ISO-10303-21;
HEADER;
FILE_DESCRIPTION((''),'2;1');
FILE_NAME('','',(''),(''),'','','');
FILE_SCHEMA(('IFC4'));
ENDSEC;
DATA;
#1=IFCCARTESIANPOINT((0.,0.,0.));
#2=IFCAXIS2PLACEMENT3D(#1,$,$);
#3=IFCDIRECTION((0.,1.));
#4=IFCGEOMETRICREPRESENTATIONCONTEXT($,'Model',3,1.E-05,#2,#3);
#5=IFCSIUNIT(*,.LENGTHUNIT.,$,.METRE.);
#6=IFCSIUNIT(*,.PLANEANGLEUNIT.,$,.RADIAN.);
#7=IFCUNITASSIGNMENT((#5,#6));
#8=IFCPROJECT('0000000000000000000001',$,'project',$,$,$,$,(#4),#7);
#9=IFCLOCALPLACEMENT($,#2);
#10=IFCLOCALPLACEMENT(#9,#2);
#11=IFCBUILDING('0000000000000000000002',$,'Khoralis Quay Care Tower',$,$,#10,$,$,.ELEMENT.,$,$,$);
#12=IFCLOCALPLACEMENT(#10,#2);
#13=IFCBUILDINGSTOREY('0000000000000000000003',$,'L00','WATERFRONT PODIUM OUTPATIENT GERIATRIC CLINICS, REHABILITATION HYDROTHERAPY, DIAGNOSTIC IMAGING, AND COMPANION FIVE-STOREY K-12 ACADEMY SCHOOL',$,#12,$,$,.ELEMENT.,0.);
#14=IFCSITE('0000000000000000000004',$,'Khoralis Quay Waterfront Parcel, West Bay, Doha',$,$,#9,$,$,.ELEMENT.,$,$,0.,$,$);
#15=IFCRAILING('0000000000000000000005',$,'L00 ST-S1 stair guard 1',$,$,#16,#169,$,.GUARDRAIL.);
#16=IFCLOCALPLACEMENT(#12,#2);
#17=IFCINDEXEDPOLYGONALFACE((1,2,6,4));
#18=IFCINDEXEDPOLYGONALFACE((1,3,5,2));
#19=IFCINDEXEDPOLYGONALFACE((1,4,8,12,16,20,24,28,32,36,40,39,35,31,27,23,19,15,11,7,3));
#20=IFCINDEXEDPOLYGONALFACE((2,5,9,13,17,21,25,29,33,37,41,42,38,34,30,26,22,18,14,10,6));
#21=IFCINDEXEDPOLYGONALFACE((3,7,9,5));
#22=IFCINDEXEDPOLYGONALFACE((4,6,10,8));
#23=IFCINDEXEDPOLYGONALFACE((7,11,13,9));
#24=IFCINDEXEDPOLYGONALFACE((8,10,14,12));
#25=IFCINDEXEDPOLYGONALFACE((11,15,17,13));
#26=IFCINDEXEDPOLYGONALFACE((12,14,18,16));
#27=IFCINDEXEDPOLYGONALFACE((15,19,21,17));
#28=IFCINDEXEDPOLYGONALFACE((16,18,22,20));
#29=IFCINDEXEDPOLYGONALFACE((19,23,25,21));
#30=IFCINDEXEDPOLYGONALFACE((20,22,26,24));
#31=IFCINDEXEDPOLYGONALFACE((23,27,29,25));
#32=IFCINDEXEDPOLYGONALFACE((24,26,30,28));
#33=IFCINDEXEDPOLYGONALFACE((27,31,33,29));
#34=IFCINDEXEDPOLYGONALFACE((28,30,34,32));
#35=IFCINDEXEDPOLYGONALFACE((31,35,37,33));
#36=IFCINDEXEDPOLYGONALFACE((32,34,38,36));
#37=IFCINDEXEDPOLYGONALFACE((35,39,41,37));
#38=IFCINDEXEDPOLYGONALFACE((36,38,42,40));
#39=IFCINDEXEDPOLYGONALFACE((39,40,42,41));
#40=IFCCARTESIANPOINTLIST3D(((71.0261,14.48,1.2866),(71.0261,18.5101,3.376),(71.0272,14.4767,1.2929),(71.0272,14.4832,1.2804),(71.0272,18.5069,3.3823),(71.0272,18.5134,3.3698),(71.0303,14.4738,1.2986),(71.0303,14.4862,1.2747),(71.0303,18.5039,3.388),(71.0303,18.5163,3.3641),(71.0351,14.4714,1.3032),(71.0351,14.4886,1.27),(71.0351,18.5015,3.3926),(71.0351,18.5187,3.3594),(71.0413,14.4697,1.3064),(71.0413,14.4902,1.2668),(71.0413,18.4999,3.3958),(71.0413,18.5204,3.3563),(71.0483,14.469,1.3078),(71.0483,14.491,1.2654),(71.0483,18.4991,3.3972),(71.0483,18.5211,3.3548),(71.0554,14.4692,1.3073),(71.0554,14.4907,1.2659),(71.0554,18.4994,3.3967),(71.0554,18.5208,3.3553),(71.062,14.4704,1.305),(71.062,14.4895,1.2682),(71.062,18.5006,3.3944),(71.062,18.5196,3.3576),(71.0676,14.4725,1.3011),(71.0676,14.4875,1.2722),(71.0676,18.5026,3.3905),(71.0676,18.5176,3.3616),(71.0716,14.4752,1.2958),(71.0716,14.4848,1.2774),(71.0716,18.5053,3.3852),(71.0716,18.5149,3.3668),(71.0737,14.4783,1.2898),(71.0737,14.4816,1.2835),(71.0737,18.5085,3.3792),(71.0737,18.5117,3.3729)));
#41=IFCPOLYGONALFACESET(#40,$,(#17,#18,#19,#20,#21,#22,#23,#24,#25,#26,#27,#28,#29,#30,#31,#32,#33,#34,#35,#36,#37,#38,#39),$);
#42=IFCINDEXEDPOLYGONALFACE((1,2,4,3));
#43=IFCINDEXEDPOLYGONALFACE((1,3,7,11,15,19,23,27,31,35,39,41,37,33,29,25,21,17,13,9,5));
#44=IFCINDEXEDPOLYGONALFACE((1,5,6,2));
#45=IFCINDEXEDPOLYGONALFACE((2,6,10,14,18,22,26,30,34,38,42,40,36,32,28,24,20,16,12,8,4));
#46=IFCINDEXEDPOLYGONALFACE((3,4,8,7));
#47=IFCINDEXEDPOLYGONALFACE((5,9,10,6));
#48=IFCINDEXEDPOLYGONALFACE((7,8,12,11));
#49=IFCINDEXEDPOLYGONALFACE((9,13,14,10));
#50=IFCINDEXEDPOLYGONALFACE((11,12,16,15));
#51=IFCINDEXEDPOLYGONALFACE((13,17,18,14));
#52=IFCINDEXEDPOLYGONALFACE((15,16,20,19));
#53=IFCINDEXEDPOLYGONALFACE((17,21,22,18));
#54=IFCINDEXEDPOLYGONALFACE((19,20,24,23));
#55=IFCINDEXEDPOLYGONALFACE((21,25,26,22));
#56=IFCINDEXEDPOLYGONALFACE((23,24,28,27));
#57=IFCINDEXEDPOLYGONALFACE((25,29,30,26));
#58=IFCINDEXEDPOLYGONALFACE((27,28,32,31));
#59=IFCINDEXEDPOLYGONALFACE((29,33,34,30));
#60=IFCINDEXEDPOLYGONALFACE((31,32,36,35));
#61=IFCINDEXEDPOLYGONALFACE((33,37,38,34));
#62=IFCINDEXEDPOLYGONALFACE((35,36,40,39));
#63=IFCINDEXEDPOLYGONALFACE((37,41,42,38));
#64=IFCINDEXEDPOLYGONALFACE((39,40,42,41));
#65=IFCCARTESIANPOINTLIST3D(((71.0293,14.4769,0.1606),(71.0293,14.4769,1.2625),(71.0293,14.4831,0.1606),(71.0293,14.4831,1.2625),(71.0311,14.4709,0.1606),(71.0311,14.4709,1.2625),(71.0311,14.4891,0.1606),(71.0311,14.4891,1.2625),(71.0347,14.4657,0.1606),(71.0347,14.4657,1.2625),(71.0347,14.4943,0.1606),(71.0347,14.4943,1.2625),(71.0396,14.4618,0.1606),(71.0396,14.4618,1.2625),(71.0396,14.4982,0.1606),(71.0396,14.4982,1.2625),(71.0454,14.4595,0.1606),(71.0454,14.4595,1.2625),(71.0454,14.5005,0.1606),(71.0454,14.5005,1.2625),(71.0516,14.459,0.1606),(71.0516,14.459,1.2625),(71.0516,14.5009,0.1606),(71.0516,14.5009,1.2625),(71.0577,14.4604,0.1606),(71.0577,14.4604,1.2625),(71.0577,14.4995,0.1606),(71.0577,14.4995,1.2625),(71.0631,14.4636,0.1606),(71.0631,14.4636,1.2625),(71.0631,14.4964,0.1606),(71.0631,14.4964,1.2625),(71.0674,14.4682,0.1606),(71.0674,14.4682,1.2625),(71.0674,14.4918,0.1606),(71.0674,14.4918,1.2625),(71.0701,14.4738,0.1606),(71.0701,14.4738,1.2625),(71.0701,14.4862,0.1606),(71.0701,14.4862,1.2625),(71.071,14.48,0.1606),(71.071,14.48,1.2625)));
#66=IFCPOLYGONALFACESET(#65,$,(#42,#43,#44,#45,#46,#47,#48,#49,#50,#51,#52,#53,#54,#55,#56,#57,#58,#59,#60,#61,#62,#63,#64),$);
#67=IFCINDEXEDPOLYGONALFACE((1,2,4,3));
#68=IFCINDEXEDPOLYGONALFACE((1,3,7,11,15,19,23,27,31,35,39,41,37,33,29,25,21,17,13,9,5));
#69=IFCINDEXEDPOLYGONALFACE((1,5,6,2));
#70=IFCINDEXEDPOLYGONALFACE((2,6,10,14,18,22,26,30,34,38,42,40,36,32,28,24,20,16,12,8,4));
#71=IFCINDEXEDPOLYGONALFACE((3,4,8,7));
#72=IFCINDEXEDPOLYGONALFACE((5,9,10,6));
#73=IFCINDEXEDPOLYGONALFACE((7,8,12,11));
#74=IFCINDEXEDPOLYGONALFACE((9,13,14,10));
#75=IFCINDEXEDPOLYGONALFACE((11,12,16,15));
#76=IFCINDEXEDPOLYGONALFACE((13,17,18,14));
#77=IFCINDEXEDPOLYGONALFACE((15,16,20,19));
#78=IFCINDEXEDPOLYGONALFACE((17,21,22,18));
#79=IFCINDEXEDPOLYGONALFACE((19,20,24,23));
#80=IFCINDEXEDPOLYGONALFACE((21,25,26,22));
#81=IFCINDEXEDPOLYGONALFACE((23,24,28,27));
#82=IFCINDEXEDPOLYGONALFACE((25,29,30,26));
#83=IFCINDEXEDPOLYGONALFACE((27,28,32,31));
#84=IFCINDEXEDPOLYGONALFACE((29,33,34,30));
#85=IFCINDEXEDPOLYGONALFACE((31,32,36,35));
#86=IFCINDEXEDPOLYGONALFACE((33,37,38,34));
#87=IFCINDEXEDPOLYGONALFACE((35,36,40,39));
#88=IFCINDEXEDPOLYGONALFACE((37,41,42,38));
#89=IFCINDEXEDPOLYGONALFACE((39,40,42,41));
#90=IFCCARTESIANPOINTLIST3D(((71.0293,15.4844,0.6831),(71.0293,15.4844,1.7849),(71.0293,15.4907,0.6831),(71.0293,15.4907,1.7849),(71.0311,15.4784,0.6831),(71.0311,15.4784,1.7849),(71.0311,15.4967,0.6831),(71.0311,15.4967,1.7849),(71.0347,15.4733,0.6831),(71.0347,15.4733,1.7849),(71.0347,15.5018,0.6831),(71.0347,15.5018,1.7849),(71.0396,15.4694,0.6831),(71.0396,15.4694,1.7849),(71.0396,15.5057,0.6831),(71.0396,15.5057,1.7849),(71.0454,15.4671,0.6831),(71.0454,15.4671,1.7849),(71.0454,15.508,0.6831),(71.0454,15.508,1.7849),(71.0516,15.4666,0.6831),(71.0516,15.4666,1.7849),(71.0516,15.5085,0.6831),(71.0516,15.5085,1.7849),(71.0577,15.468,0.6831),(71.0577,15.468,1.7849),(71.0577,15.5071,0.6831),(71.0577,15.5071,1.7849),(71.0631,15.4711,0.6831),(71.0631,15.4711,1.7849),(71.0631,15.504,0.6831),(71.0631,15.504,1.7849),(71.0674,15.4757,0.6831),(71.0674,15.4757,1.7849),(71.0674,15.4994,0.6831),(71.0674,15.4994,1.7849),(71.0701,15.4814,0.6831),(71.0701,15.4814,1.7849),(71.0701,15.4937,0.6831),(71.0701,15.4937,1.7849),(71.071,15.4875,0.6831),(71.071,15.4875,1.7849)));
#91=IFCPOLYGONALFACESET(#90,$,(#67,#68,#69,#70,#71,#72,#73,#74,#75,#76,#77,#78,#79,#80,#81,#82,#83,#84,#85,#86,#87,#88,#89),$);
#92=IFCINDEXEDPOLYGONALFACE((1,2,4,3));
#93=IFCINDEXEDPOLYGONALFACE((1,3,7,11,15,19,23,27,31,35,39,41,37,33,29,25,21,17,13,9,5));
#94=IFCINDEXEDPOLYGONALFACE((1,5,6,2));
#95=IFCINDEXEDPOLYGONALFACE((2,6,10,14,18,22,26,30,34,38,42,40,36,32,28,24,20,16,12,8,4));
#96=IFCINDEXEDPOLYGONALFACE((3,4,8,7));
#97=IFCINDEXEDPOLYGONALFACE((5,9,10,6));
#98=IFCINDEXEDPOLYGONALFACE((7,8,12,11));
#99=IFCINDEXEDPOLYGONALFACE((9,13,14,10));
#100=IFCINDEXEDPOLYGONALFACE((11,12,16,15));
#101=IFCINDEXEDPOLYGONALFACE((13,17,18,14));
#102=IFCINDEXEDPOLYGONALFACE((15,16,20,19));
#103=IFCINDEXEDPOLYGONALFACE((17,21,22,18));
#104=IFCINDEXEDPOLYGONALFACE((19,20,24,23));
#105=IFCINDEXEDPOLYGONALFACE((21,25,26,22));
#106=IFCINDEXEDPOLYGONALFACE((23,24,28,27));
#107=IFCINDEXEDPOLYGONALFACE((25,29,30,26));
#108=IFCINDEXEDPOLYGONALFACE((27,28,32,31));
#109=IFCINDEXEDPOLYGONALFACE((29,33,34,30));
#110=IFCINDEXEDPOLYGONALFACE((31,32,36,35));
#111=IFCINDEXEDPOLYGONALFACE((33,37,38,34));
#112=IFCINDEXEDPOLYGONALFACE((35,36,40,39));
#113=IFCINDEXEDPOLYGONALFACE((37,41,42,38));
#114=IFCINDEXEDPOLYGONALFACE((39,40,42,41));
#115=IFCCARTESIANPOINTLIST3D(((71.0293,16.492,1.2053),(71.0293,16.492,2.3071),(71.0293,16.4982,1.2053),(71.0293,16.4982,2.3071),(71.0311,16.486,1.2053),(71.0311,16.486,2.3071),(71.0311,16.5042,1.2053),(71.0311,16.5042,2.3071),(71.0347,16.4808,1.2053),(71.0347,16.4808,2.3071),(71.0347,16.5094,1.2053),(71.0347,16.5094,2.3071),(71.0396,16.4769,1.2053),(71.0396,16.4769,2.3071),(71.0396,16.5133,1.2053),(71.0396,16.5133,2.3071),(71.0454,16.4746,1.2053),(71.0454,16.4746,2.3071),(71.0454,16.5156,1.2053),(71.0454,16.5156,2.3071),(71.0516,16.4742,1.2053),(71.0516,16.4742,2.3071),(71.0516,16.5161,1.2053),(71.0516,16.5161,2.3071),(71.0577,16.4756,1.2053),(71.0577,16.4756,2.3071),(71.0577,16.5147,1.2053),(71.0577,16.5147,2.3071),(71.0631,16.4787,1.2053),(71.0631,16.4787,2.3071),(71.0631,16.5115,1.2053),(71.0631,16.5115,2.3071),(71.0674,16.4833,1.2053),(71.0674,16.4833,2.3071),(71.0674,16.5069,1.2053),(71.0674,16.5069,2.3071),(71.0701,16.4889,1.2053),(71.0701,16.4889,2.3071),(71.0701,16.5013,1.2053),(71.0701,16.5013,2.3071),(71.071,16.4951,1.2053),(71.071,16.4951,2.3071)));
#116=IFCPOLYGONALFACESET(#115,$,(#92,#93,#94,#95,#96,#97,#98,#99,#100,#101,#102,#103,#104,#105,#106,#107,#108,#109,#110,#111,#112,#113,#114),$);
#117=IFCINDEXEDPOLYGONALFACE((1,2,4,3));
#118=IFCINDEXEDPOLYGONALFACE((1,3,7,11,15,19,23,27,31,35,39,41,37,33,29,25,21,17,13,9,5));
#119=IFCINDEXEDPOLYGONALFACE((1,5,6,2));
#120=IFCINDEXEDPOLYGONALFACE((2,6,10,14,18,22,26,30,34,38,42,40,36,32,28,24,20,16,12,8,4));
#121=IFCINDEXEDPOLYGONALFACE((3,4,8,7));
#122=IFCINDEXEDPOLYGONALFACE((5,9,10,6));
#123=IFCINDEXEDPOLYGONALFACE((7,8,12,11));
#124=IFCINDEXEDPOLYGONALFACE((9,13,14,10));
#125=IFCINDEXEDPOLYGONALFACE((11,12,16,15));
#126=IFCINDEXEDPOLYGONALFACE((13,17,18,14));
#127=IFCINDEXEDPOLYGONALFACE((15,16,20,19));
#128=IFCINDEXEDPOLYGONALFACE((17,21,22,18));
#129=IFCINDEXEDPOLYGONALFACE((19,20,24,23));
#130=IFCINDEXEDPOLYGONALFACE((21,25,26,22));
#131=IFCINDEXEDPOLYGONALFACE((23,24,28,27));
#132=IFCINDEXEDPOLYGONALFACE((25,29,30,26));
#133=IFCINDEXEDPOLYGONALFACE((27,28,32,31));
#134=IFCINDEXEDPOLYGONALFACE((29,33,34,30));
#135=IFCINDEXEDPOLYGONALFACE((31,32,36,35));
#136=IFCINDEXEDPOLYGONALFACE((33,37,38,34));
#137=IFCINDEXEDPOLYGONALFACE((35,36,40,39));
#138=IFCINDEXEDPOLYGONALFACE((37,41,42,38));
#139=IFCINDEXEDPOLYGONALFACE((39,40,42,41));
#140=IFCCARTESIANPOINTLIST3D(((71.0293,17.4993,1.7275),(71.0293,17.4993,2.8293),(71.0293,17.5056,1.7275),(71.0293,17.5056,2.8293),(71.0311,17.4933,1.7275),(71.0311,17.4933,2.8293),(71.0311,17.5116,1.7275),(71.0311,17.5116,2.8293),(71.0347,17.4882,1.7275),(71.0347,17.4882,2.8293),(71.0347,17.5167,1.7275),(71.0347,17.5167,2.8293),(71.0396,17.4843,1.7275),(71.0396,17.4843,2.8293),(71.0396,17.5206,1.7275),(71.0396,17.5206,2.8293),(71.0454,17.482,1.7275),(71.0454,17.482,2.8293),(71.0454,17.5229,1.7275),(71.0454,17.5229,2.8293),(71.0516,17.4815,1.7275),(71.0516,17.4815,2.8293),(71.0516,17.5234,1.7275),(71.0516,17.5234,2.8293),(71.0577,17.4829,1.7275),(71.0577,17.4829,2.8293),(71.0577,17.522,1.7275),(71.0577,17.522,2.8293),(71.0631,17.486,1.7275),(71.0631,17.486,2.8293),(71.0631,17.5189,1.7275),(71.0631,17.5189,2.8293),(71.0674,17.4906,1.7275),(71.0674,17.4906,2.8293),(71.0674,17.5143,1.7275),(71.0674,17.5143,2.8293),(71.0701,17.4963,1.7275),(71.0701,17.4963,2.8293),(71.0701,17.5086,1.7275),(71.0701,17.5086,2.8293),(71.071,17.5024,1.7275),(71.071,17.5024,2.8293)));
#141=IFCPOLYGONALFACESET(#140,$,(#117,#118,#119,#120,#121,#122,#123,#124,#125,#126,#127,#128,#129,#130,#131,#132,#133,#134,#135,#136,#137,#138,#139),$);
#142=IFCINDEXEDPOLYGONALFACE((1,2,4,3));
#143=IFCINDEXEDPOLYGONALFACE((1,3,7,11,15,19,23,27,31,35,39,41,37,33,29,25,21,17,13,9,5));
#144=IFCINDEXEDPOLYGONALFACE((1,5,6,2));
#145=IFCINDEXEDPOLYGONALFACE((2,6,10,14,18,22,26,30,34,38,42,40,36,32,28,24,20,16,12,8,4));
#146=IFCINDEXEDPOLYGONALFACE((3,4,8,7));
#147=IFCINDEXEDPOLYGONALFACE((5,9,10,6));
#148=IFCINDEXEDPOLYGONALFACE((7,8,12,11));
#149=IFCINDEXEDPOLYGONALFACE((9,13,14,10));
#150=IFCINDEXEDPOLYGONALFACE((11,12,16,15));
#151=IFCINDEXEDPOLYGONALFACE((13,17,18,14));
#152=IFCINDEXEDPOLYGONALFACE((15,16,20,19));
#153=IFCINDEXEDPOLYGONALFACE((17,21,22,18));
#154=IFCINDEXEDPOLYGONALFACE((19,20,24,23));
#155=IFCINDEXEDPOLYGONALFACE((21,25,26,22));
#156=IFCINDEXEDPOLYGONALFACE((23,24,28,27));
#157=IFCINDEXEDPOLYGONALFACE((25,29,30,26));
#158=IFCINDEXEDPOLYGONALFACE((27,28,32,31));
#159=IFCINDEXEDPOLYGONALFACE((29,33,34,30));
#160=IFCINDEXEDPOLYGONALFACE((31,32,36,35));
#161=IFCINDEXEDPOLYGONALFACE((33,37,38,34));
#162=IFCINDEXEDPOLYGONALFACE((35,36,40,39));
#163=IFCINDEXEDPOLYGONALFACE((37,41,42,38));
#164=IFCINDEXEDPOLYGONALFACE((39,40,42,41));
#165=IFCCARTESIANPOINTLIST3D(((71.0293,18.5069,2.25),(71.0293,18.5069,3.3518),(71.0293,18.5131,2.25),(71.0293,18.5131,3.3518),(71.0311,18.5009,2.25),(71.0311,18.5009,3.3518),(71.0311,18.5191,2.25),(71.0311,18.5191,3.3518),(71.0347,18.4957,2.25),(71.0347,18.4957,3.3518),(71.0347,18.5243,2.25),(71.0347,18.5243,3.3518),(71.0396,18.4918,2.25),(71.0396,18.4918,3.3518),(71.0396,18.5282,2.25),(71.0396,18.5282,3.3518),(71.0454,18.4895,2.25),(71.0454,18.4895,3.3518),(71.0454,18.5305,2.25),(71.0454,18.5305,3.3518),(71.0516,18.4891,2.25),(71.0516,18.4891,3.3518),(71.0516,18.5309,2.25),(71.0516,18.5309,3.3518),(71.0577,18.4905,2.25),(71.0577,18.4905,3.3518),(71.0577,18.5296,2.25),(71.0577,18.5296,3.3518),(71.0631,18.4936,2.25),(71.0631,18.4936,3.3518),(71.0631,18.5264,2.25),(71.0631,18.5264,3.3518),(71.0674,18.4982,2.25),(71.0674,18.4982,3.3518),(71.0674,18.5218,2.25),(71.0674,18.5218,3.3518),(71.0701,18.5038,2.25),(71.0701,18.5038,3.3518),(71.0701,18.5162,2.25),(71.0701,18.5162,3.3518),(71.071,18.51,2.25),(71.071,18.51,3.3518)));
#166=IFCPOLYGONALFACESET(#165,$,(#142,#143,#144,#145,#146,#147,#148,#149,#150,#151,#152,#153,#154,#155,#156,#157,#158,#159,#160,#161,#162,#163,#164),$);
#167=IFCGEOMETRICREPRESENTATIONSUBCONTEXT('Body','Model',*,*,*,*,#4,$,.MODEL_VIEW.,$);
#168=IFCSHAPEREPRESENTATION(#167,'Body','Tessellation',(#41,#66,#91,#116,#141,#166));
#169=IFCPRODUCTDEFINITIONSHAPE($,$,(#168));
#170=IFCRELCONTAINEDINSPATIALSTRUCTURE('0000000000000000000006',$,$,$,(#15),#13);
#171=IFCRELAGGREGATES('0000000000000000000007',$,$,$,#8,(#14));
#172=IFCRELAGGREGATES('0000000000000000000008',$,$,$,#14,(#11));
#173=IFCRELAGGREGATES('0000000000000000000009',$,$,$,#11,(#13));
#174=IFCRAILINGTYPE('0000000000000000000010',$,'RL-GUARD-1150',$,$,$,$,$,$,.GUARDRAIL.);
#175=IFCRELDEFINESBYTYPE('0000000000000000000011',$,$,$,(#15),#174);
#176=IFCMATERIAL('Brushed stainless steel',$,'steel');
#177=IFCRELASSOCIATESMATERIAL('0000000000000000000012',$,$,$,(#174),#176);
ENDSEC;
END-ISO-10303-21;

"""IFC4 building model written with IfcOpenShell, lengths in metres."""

from ifc_helpers import new_model, si_unit, direction, frame, origin, origin_2d, place, context, subcontext, project, spatial, circle, extrude, material, type_object, element, save


model = new_model("IFC4")

# Units and contexts
model_context = context("Model", 3, precision=1e-05, world=origin(), true_north=direction((0.0, 1.0)))
body_context = subcontext(model_context, "Body", "Model", "MODEL_VIEW")
ifc_project = project(units=[si_unit("LENGTHUNIT", "METRE"), si_unit("PLANEANGLEUNIT", "RADIAN")], contexts=[model_context])

# Site, building, storey
site_placement = place(None, origin())
site = spatial("IfcSite", under=ifc_project, at=site_placement, Name="Khoralis Quay Waterfront Parcel, West Bay, Doha", CompositionType="ELEMENT", RefElevation=0.0)
building_placement = place(site_placement, origin())
building = spatial("IfcBuilding", under=site, at=building_placement, Name="Khoralis Quay Care Tower", CompositionType="ELEMENT")
storey_placement = place(building_placement, origin())
storey = spatial("IfcBuildingStorey", under=building, at=storey_placement, Name="L00", Description="WATERFRONT PODIUM OUTPATIENT GERIATRIC CLINICS, REHABILITATION HYDROTHERAPY, DIAGNOSTIC IMAGING, AND COMPANION FIVE-STOREY K-12 ACADEMY SCHOOL", CompositionType="ELEMENT", Elevation=0.0)

# Railing
ifc_material_1 = material(Name="Brushed stainless steel", Category="steel")
railing_type = type_object("IfcRailingType", Name="RL-GUARD-1150", PredefinedType="GUARDRAIL", material=ifc_material_1)
railing_1_placement = place(storey_placement, frame((71.05, 14.48, 0.1606)))
element("IfcRailing", 1, at=railing_1_placement, inside=storey, type_object=railing_type, Name="L00 ST-S1 stair guard 1", PredefinedType="GUARDRAIL", context=body_context, shape_type="SweptSolid", body=[
    extrude(circle(Radius=0.0239, at=origin_2d()), frame((0.0, 0.0, 1.126), z_axis=(0.0, 0.887781, 0.460267), x_axis=(-1.0, 0.0, 0.0)), (0.0, 0.0, 1.0), 4.5396),
    extrude(circle(Radius=0.021, at=origin_2d()), origin(), (0.0, 0.0, 1.0), 1.1018),
    extrude(circle(Radius=0.021, at=origin_2d()), frame((0.0, 1.0076, 0.5225)), (0.0, 0.0, 1.0), 1.1018),
    extrude(circle(Radius=0.021, at=origin_2d()), frame((0.0, 2.0151, 1.0447)), (0.0, 0.0, 1.0), 1.1018),
    extrude(circle(Radius=0.021, at=origin_2d()), frame((0.0, 3.0225, 1.5669)), (0.0, 0.0, 1.0), 1.1018),
    extrude(circle(Radius=0.021, at=origin_2d()), frame((0.0, 4.03, 2.0894)), (0.0, 0.0, 1.0), 1.1018),
])

save(model, "model.ifc")
